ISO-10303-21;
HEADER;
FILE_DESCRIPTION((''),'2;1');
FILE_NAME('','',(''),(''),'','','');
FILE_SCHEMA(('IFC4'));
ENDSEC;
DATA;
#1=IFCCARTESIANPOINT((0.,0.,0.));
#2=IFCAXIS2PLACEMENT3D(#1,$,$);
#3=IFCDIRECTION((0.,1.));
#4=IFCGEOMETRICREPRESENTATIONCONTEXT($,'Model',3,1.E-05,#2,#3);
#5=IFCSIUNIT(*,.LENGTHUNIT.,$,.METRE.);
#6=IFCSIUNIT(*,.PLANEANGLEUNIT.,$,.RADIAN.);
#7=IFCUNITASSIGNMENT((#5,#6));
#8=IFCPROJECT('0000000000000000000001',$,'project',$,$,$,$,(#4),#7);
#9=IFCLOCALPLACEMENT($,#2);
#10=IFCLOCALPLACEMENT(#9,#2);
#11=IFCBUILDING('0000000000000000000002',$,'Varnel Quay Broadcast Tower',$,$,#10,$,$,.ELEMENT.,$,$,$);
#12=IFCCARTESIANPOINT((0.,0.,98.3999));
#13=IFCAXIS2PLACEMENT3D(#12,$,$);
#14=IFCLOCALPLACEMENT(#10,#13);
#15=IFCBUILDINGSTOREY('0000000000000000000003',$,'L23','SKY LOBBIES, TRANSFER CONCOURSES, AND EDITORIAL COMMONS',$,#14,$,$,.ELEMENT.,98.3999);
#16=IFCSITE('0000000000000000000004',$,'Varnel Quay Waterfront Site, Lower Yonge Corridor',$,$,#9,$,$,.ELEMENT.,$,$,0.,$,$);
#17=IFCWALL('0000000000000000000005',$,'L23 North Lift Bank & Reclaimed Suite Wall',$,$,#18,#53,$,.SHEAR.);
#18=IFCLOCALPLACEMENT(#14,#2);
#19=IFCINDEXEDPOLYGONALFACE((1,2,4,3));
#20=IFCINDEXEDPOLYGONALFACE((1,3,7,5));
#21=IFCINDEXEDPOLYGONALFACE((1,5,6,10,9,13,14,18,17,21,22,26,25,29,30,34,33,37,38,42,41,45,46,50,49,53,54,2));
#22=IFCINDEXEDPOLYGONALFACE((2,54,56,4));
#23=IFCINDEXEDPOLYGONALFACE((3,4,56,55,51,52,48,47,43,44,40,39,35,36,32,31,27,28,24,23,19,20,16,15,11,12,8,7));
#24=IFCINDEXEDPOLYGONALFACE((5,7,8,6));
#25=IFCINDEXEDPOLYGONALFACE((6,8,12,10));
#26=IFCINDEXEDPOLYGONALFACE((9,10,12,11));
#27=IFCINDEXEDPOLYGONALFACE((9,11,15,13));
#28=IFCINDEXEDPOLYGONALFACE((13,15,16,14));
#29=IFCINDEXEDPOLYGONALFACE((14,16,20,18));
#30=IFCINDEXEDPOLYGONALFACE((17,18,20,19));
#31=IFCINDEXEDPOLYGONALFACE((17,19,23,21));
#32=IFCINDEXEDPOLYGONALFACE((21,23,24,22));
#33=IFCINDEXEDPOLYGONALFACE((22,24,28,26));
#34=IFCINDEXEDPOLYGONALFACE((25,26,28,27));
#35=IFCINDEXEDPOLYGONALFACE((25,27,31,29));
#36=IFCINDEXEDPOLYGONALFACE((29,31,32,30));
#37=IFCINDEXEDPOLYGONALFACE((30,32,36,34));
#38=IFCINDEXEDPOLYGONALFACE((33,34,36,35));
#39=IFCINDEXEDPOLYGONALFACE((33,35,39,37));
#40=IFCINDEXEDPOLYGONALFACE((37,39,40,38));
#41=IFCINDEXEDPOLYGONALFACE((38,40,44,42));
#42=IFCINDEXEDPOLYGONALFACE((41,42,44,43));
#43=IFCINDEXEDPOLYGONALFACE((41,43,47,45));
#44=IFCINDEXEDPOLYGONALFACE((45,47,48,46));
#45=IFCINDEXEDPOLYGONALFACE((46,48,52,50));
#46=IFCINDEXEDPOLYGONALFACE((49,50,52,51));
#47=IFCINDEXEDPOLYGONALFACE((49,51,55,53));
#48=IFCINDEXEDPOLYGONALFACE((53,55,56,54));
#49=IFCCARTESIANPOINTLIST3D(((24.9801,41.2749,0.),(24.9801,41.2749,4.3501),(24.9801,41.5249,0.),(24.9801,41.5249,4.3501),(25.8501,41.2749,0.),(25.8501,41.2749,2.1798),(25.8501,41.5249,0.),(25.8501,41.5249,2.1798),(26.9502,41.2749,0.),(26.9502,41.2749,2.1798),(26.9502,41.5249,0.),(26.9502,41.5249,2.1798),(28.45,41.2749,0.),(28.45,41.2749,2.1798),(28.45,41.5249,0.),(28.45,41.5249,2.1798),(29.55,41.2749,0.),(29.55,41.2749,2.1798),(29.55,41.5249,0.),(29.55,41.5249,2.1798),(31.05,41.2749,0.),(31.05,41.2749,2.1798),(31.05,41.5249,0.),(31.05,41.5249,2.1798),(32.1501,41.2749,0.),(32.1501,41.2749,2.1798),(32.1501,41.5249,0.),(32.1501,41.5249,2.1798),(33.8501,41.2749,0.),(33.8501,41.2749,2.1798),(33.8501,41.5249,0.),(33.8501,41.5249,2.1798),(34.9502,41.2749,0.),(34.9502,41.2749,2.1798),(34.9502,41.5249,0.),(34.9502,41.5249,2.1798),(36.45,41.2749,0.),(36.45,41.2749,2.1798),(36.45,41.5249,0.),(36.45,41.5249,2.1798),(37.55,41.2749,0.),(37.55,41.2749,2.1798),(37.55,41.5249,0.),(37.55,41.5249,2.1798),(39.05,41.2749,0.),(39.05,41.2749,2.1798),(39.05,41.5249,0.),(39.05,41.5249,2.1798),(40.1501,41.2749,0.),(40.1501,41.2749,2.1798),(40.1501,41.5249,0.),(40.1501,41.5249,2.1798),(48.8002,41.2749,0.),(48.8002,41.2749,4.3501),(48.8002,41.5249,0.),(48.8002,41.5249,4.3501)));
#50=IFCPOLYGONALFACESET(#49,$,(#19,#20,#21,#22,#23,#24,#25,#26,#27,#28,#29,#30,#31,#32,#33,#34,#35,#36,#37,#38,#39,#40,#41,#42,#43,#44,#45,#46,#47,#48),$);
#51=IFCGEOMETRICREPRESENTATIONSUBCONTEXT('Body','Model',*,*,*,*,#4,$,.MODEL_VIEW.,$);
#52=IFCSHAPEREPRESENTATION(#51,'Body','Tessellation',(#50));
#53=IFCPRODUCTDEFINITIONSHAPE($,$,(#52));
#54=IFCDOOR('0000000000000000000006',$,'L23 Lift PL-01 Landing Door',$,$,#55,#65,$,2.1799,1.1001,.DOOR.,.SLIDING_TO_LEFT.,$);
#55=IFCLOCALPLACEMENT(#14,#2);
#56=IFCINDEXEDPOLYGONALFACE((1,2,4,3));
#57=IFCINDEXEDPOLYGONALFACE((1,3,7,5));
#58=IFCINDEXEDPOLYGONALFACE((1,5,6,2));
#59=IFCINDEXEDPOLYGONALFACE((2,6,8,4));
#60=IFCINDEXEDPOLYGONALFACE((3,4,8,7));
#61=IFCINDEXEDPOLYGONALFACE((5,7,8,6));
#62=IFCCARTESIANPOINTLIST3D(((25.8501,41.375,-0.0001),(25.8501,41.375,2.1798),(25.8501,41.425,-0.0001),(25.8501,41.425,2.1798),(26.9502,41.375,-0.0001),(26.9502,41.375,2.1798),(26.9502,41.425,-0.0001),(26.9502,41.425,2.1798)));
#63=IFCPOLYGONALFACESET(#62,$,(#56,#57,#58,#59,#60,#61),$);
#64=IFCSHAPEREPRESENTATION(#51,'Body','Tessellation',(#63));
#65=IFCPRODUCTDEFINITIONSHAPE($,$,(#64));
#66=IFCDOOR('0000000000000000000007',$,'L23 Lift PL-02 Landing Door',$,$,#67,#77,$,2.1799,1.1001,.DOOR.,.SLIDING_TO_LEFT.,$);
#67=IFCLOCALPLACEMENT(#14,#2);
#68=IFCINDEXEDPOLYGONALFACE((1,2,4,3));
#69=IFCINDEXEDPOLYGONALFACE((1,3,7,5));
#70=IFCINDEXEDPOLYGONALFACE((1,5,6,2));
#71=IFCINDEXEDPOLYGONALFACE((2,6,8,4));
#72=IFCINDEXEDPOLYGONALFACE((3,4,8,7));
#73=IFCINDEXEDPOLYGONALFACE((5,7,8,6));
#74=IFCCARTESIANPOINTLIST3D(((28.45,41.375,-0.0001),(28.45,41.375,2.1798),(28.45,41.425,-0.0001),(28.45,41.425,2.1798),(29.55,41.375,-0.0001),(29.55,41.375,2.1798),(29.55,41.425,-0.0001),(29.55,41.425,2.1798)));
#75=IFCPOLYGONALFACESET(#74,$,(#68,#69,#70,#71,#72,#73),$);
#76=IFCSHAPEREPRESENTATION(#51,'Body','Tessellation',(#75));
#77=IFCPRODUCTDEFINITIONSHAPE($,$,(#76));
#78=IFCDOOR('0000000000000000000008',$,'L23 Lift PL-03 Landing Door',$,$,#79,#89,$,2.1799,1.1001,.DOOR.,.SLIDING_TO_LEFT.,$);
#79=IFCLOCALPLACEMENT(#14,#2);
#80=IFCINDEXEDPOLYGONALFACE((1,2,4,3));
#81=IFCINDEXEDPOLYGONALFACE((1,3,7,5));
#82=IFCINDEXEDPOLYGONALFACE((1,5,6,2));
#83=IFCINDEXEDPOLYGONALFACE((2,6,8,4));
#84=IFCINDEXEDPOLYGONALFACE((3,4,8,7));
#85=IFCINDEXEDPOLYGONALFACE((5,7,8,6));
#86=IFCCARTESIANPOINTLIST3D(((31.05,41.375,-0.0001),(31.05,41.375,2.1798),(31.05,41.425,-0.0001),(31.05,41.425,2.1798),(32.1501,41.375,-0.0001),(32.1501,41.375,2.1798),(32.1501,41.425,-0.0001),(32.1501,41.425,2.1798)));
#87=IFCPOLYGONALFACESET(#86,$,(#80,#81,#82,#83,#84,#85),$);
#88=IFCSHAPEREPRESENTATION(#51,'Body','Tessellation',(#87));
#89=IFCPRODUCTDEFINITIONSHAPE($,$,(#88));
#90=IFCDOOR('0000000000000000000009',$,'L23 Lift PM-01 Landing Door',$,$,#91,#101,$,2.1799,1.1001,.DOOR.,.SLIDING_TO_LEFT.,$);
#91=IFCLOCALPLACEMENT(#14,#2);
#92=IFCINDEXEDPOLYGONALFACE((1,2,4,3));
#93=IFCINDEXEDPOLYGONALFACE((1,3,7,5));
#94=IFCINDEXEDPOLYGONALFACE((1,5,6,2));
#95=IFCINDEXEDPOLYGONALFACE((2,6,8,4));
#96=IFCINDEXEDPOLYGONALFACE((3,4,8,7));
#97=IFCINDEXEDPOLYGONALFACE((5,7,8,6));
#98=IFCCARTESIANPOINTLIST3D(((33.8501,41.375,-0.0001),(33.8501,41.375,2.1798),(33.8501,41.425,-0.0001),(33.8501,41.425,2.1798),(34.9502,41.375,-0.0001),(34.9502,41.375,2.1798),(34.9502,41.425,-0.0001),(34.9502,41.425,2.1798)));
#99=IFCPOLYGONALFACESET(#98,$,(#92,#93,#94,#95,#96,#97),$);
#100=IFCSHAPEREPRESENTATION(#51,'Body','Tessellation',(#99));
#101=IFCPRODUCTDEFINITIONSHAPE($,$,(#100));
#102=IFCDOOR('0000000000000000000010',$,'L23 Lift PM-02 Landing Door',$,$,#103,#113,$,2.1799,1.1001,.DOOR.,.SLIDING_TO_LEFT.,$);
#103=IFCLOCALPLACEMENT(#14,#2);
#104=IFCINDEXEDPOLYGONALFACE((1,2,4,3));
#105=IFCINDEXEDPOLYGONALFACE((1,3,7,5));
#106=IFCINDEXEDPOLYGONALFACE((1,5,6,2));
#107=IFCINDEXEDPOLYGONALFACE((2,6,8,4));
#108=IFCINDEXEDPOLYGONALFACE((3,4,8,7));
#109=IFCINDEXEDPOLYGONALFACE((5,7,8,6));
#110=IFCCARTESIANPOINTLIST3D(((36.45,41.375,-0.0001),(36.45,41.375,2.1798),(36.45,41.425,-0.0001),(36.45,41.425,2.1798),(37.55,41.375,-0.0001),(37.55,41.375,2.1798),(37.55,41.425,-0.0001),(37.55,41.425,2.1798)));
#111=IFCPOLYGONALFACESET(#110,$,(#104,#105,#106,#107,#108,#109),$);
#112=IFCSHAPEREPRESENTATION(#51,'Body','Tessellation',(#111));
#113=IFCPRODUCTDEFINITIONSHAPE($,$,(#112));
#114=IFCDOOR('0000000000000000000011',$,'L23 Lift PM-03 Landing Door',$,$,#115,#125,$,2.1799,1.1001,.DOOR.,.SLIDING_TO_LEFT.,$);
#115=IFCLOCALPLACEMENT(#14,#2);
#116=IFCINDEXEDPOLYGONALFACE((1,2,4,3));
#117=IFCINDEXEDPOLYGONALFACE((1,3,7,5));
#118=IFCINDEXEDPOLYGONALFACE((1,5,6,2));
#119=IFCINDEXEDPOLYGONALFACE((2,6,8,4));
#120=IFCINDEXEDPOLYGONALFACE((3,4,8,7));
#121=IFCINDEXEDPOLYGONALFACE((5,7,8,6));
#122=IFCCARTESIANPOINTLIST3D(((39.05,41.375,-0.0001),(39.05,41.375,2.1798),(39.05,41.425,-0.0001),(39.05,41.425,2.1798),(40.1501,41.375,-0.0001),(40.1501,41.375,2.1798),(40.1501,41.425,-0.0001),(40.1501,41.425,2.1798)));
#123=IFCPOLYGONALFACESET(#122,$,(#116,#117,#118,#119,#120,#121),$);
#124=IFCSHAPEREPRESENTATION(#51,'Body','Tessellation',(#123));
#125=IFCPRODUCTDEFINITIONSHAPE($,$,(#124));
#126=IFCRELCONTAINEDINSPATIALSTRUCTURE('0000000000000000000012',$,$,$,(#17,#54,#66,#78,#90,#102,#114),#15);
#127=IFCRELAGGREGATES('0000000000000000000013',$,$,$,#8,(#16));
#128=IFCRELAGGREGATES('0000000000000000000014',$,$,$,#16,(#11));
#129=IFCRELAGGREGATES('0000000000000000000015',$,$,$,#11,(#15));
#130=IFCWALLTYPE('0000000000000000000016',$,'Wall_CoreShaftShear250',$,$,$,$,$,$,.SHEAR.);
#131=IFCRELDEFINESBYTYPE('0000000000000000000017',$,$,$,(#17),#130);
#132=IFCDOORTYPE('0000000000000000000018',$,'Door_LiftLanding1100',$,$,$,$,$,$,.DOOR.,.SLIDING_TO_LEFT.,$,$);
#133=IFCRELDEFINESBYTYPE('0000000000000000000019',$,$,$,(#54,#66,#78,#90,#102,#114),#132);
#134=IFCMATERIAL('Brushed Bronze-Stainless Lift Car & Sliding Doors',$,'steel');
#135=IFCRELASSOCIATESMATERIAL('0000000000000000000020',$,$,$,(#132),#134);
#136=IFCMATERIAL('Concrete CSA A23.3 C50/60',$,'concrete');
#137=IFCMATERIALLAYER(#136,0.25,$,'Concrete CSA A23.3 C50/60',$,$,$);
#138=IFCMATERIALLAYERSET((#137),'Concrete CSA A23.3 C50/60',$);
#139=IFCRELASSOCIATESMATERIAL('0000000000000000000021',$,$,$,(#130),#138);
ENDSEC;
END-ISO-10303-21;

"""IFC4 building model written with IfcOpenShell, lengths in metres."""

from ifc_helpers import new_model, si_unit, direction, frame, frame_2d, origin, place, context, subcontext, project, spatial, rectangle, extrude, source, transform, mapped, material, layer, layer_set, type_object, type_shapes, element, fill, save


model = new_model("IFC4")

# Units and contexts
model_context = context("Model", 3, precision=1e-05, world=origin(), true_north=direction((0.0, 1.0)))
body_context = subcontext(model_context, "Body", "Model", "MODEL_VIEW")
ifc_project = project(units=[si_unit("LENGTHUNIT", "METRE"), si_unit("PLANEANGLEUNIT", "RADIAN")], contexts=[model_context])

# Site, building, storey
site_placement = place(None, origin())
site = spatial("IfcSite", under=ifc_project, at=site_placement, Name="Varnel Quay Waterfront Site, Lower Yonge Corridor", CompositionType="ELEMENT", RefElevation=0.0)
building_placement = place(site_placement, origin())
building = spatial("IfcBuilding", under=site, at=building_placement, Name="Varnel Quay Broadcast Tower", CompositionType="ELEMENT")
storey_placement = place(building_placement, frame((0.0, 0.0, 98.3999)))
storey = spatial("IfcBuildingStorey", under=building, at=storey_placement, Name="L23", Description="SKY LOBBIES, TRANSFER CONCOURSES, AND EDITORIAL COMMONS", CompositionType="ELEMENT", Elevation=98.3999)

# Shared definitions
ifc_material_1 = material(Name="Concrete CSA A23.3 C50/60", Category="concrete")
ifc_material_2 = material(Name="Brushed Bronze-Stainless Lift Car & Sliding Doors", Category="steel")
door_type_1 = type_object("IfcDoorType", Name="Door_LiftLanding1100", OperationType="SLIDING_TO_LEFT", PredefinedType="DOOR", material=ifc_material_2)
shared_shape_1 = source(origin(), body_context, "Body", "SweptSolid", [
    extrude(rectangle(XDim=1.1001, YDim=2.1799, at=frame_2d((0.55, 1.0898))), frame((0.0, 0.0249, 0.0), z_axis=(0.0, -1.0, 0.0), x_axis=(1.0, 0.0, 0.0)), (0.0, 0.0, 1.0), 0.05),
])
type_shapes(door_type_1, [shared_shape_1])

# Wall, openings, doors
ifc_layer_1 = layer(ifc_material_1, 0.25, Name="Concrete CSA A23.3 C50/60")
ifc_layer_set_1 = layer_set([ifc_layer_1], Name="Concrete CSA A23.3 C50/60")
wall_type_1 = type_object("IfcWallType", Name="Wall_CoreShaftShear250", PredefinedType="SHEAR", material=ifc_layer_set_1)
wall_1_placement = place(storey_placement, frame((24.98, 41.3999, 0.0), z_axis=(0.0, 0.0, 1.0), x_axis=(1.0, 0.0, 0.0)))
wall_1 = element("IfcWall", 1, at=wall_1_placement, inside=storey, type_object=wall_type_1, Name="L23 North Lift Bank & Reclaimed Suite Wall", PredefinedType="SHEAR", context=body_context, shape_type="SweptSolid", body=[
    extrude(rectangle(XDim=23.8201, YDim=0.25, at=frame_2d((11.9102, 0.0))), origin(), (0.0, 0.0, 1.0), 4.3501),
])
opening_1_placement = place(wall_1_placement, frame((0.8701, 0.0, 0.0)))
opening_1 = element("IfcOpeningElement", 2, at=opening_1_placement, cuts=wall_1, PredefinedType="OPENING", context=body_context, shape_type="SweptSolid", body=[
    extrude(rectangle(XDim=1.1001, YDim=2.1799, at=frame_2d((0.55, 1.0898))), frame((0.0, 0.135, 0.0), z_axis=(0.0, -1.0, 0.0), x_axis=(1.0, 0.0, 0.0)), (0.0, 0.0, 1.0), 0.27),
])
opening_2_placement = place(wall_1_placement, frame((3.47, 0.0, 0.0)))
opening_2 = element("IfcOpeningElement", 3, at=opening_2_placement, cuts=wall_1, PredefinedType="OPENING", context=body_context, shape_type="SweptSolid", body=[
    extrude(rectangle(XDim=1.1001, YDim=2.1799, at=frame_2d((0.55, 1.0898))), frame((0.0, 0.135, 0.0), z_axis=(0.0, -1.0, 0.0), x_axis=(1.0, 0.0, 0.0)), (0.0, 0.0, 1.0), 0.27),
])
opening_3_placement = place(wall_1_placement, frame((6.0701, 0.0, 0.0)))
opening_3 = element("IfcOpeningElement", 4, at=opening_3_placement, cuts=wall_1, PredefinedType="OPENING", context=body_context, shape_type="SweptSolid", body=[
    extrude(rectangle(XDim=1.1001, YDim=2.1799, at=frame_2d((0.55, 1.0898))), frame((0.0, 0.135, 0.0), z_axis=(0.0, -1.0, 0.0), x_axis=(1.0, 0.0, 0.0)), (0.0, 0.0, 1.0), 0.27),
])
opening_4_placement = place(wall_1_placement, frame((8.8701, 0.0, 0.0)))
opening_4 = element("IfcOpeningElement", 5, at=opening_4_placement, cuts=wall_1, PredefinedType="OPENING", context=body_context, shape_type="SweptSolid", body=[
    extrude(rectangle(XDim=1.1001, YDim=2.1799, at=frame_2d((0.55, 1.0898))), frame((0.0, 0.135, 0.0), z_axis=(0.0, -1.0, 0.0), x_axis=(1.0, 0.0, 0.0)), (0.0, 0.0, 1.0), 0.27),
])
opening_5_placement = place(wall_1_placement, frame((11.47, 0.0, 0.0)))
opening_5 = element("IfcOpeningElement", 6, at=opening_5_placement, cuts=wall_1, PredefinedType="OPENING", context=body_context, shape_type="SweptSolid", body=[
    extrude(rectangle(XDim=1.1001, YDim=2.1799, at=frame_2d((0.55, 1.0898))), frame((0.0, 0.135, 0.0), z_axis=(0.0, -1.0, 0.0), x_axis=(1.0, 0.0, 0.0)), (0.0, 0.0, 1.0), 0.27),
])
opening_6_placement = place(wall_1_placement, frame((14.0701, 0.0, 0.0)))
opening_6 = element("IfcOpeningElement", 7, at=opening_6_placement, cuts=wall_1, PredefinedType="OPENING", context=body_context, shape_type="SweptSolid", body=[
    extrude(rectangle(XDim=1.1001, YDim=2.1799, at=frame_2d((0.55, 1.0898))), frame((0.0, 0.135, 0.0), z_axis=(0.0, -1.0, 0.0), x_axis=(1.0, 0.0, 0.0)), (0.0, 0.0, 1.0), 0.27),
])
door_1_placement = place(opening_1_placement, frame((1.1001, 0.0, 0.0), z_axis=(0.0, 0.0, 1.0), x_axis=(-1.0, 0.0, 0.0)))
door_1 = element("IfcDoor", 8, at=door_1_placement, inside=storey, type_object=door_type_1, Name="L23 Lift PL-01 Landing Door", OperationType="SLIDING_TO_LEFT", OverallHeight=2.1799, OverallWidth=1.1001, PredefinedType="DOOR", context=body_context, shape_type="MappedRepresentation", body=[
    mapped(shared_shape_1, transform((0.0, 0.0, 0.0), x_axis=(1.0, 0.0, 0.0), y_axis=(0.0, 1.0, 0.0), z_axis=(0.0, 0.0, 1.0), scale=1.0)),
])
fill(opening_1, door_1)
door_2_placement = place(opening_2_placement, frame((1.1001, 0.0, 0.0), z_axis=(0.0, 0.0, 1.0), x_axis=(-1.0, 0.0, 0.0)))
door_2 = element("IfcDoor", 9, at=door_2_placement, inside=storey, type_object=door_type_1, Name="L23 Lift PL-02 Landing Door", OperationType="SLIDING_TO_LEFT", OverallHeight=2.1799, OverallWidth=1.1001, PredefinedType="DOOR", context=body_context, shape_type="MappedRepresentation", body=[
    mapped(shared_shape_1, transform((0.0, 0.0, 0.0), x_axis=(1.0, 0.0, 0.0), y_axis=(0.0, 1.0, 0.0), z_axis=(0.0, 0.0, 1.0), scale=1.0)),
])
fill(opening_2, door_2)
door_3_placement = place(opening_3_placement, frame((1.1001, 0.0, 0.0), z_axis=(0.0, 0.0, 1.0), x_axis=(-1.0, 0.0, 0.0)))
door_3 = element("IfcDoor", 10, at=door_3_placement, inside=storey, type_object=door_type_1, Name="L23 Lift PL-03 Landing Door", OperationType="SLIDING_TO_LEFT", OverallHeight=2.1799, OverallWidth=1.1001, PredefinedType="DOOR", context=body_context, shape_type="MappedRepresentation", body=[
    mapped(shared_shape_1, transform((0.0, 0.0, 0.0), x_axis=(1.0, 0.0, 0.0), y_axis=(0.0, 1.0, 0.0), z_axis=(0.0, 0.0, 1.0), scale=1.0)),
])
fill(opening_3, door_3)
door_4_placement = place(opening_4_placement, frame((1.1001, 0.0, 0.0), z_axis=(0.0, 0.0, 1.0), x_axis=(-1.0, 0.0, 0.0)))
door_4 = element("IfcDoor", 11, at=door_4_placement, inside=storey, type_object=door_type_1, Name="L23 Lift PM-01 Landing Door", OperationType="SLIDING_TO_LEFT", OverallHeight=2.1799, OverallWidth=1.1001, PredefinedType="DOOR", context=body_context, shape_type="MappedRepresentation", body=[
    mapped(shared_shape_1, transform((0.0, 0.0, 0.0), x_axis=(1.0, 0.0, 0.0), y_axis=(0.0, 1.0, 0.0), z_axis=(0.0, 0.0, 1.0), scale=1.0)),
])
fill(opening_4, door_4)
door_5_placement = place(opening_5_placement, frame((1.1001, 0.0, 0.0), z_axis=(0.0, 0.0, 1.0), x_axis=(-1.0, 0.0, 0.0)))
door_5 = element("IfcDoor", 12, at=door_5_placement, inside=storey, type_object=door_type_1, Name="L23 Lift PM-02 Landing Door", OperationType="SLIDING_TO_LEFT", OverallHeight=2.1799, OverallWidth=1.1001, PredefinedType="DOOR", context=body_context, shape_type="MappedRepresentation", body=[
    mapped(shared_shape_1, transform((0.0, 0.0, 0.0), x_axis=(1.0, 0.0, 0.0), y_axis=(0.0, 1.0, 0.0), z_axis=(0.0, 0.0, 1.0), scale=1.0)),
])
fill(opening_5, door_5)
door_6_placement = place(opening_6_placement, frame((1.1001, 0.0, 0.0), z_axis=(0.0, 0.0, 1.0), x_axis=(-1.0, 0.0, 0.0)))
door_6 = element("IfcDoor", 13, at=door_6_placement, inside=storey, type_object=door_type_1, Name="L23 Lift PM-03 Landing Door", OperationType="SLIDING_TO_LEFT", OverallHeight=2.1799, OverallWidth=1.1001, PredefinedType="DOOR", context=body_context, shape_type="MappedRepresentation", body=[
    mapped(shared_shape_1, transform((0.0, 0.0, 0.0), x_axis=(1.0, 0.0, 0.0), y_axis=(0.0, 1.0, 0.0), z_axis=(0.0, 0.0, 1.0), scale=1.0)),
])
fill(opening_6, door_6)

save(model, "model.ifc")
